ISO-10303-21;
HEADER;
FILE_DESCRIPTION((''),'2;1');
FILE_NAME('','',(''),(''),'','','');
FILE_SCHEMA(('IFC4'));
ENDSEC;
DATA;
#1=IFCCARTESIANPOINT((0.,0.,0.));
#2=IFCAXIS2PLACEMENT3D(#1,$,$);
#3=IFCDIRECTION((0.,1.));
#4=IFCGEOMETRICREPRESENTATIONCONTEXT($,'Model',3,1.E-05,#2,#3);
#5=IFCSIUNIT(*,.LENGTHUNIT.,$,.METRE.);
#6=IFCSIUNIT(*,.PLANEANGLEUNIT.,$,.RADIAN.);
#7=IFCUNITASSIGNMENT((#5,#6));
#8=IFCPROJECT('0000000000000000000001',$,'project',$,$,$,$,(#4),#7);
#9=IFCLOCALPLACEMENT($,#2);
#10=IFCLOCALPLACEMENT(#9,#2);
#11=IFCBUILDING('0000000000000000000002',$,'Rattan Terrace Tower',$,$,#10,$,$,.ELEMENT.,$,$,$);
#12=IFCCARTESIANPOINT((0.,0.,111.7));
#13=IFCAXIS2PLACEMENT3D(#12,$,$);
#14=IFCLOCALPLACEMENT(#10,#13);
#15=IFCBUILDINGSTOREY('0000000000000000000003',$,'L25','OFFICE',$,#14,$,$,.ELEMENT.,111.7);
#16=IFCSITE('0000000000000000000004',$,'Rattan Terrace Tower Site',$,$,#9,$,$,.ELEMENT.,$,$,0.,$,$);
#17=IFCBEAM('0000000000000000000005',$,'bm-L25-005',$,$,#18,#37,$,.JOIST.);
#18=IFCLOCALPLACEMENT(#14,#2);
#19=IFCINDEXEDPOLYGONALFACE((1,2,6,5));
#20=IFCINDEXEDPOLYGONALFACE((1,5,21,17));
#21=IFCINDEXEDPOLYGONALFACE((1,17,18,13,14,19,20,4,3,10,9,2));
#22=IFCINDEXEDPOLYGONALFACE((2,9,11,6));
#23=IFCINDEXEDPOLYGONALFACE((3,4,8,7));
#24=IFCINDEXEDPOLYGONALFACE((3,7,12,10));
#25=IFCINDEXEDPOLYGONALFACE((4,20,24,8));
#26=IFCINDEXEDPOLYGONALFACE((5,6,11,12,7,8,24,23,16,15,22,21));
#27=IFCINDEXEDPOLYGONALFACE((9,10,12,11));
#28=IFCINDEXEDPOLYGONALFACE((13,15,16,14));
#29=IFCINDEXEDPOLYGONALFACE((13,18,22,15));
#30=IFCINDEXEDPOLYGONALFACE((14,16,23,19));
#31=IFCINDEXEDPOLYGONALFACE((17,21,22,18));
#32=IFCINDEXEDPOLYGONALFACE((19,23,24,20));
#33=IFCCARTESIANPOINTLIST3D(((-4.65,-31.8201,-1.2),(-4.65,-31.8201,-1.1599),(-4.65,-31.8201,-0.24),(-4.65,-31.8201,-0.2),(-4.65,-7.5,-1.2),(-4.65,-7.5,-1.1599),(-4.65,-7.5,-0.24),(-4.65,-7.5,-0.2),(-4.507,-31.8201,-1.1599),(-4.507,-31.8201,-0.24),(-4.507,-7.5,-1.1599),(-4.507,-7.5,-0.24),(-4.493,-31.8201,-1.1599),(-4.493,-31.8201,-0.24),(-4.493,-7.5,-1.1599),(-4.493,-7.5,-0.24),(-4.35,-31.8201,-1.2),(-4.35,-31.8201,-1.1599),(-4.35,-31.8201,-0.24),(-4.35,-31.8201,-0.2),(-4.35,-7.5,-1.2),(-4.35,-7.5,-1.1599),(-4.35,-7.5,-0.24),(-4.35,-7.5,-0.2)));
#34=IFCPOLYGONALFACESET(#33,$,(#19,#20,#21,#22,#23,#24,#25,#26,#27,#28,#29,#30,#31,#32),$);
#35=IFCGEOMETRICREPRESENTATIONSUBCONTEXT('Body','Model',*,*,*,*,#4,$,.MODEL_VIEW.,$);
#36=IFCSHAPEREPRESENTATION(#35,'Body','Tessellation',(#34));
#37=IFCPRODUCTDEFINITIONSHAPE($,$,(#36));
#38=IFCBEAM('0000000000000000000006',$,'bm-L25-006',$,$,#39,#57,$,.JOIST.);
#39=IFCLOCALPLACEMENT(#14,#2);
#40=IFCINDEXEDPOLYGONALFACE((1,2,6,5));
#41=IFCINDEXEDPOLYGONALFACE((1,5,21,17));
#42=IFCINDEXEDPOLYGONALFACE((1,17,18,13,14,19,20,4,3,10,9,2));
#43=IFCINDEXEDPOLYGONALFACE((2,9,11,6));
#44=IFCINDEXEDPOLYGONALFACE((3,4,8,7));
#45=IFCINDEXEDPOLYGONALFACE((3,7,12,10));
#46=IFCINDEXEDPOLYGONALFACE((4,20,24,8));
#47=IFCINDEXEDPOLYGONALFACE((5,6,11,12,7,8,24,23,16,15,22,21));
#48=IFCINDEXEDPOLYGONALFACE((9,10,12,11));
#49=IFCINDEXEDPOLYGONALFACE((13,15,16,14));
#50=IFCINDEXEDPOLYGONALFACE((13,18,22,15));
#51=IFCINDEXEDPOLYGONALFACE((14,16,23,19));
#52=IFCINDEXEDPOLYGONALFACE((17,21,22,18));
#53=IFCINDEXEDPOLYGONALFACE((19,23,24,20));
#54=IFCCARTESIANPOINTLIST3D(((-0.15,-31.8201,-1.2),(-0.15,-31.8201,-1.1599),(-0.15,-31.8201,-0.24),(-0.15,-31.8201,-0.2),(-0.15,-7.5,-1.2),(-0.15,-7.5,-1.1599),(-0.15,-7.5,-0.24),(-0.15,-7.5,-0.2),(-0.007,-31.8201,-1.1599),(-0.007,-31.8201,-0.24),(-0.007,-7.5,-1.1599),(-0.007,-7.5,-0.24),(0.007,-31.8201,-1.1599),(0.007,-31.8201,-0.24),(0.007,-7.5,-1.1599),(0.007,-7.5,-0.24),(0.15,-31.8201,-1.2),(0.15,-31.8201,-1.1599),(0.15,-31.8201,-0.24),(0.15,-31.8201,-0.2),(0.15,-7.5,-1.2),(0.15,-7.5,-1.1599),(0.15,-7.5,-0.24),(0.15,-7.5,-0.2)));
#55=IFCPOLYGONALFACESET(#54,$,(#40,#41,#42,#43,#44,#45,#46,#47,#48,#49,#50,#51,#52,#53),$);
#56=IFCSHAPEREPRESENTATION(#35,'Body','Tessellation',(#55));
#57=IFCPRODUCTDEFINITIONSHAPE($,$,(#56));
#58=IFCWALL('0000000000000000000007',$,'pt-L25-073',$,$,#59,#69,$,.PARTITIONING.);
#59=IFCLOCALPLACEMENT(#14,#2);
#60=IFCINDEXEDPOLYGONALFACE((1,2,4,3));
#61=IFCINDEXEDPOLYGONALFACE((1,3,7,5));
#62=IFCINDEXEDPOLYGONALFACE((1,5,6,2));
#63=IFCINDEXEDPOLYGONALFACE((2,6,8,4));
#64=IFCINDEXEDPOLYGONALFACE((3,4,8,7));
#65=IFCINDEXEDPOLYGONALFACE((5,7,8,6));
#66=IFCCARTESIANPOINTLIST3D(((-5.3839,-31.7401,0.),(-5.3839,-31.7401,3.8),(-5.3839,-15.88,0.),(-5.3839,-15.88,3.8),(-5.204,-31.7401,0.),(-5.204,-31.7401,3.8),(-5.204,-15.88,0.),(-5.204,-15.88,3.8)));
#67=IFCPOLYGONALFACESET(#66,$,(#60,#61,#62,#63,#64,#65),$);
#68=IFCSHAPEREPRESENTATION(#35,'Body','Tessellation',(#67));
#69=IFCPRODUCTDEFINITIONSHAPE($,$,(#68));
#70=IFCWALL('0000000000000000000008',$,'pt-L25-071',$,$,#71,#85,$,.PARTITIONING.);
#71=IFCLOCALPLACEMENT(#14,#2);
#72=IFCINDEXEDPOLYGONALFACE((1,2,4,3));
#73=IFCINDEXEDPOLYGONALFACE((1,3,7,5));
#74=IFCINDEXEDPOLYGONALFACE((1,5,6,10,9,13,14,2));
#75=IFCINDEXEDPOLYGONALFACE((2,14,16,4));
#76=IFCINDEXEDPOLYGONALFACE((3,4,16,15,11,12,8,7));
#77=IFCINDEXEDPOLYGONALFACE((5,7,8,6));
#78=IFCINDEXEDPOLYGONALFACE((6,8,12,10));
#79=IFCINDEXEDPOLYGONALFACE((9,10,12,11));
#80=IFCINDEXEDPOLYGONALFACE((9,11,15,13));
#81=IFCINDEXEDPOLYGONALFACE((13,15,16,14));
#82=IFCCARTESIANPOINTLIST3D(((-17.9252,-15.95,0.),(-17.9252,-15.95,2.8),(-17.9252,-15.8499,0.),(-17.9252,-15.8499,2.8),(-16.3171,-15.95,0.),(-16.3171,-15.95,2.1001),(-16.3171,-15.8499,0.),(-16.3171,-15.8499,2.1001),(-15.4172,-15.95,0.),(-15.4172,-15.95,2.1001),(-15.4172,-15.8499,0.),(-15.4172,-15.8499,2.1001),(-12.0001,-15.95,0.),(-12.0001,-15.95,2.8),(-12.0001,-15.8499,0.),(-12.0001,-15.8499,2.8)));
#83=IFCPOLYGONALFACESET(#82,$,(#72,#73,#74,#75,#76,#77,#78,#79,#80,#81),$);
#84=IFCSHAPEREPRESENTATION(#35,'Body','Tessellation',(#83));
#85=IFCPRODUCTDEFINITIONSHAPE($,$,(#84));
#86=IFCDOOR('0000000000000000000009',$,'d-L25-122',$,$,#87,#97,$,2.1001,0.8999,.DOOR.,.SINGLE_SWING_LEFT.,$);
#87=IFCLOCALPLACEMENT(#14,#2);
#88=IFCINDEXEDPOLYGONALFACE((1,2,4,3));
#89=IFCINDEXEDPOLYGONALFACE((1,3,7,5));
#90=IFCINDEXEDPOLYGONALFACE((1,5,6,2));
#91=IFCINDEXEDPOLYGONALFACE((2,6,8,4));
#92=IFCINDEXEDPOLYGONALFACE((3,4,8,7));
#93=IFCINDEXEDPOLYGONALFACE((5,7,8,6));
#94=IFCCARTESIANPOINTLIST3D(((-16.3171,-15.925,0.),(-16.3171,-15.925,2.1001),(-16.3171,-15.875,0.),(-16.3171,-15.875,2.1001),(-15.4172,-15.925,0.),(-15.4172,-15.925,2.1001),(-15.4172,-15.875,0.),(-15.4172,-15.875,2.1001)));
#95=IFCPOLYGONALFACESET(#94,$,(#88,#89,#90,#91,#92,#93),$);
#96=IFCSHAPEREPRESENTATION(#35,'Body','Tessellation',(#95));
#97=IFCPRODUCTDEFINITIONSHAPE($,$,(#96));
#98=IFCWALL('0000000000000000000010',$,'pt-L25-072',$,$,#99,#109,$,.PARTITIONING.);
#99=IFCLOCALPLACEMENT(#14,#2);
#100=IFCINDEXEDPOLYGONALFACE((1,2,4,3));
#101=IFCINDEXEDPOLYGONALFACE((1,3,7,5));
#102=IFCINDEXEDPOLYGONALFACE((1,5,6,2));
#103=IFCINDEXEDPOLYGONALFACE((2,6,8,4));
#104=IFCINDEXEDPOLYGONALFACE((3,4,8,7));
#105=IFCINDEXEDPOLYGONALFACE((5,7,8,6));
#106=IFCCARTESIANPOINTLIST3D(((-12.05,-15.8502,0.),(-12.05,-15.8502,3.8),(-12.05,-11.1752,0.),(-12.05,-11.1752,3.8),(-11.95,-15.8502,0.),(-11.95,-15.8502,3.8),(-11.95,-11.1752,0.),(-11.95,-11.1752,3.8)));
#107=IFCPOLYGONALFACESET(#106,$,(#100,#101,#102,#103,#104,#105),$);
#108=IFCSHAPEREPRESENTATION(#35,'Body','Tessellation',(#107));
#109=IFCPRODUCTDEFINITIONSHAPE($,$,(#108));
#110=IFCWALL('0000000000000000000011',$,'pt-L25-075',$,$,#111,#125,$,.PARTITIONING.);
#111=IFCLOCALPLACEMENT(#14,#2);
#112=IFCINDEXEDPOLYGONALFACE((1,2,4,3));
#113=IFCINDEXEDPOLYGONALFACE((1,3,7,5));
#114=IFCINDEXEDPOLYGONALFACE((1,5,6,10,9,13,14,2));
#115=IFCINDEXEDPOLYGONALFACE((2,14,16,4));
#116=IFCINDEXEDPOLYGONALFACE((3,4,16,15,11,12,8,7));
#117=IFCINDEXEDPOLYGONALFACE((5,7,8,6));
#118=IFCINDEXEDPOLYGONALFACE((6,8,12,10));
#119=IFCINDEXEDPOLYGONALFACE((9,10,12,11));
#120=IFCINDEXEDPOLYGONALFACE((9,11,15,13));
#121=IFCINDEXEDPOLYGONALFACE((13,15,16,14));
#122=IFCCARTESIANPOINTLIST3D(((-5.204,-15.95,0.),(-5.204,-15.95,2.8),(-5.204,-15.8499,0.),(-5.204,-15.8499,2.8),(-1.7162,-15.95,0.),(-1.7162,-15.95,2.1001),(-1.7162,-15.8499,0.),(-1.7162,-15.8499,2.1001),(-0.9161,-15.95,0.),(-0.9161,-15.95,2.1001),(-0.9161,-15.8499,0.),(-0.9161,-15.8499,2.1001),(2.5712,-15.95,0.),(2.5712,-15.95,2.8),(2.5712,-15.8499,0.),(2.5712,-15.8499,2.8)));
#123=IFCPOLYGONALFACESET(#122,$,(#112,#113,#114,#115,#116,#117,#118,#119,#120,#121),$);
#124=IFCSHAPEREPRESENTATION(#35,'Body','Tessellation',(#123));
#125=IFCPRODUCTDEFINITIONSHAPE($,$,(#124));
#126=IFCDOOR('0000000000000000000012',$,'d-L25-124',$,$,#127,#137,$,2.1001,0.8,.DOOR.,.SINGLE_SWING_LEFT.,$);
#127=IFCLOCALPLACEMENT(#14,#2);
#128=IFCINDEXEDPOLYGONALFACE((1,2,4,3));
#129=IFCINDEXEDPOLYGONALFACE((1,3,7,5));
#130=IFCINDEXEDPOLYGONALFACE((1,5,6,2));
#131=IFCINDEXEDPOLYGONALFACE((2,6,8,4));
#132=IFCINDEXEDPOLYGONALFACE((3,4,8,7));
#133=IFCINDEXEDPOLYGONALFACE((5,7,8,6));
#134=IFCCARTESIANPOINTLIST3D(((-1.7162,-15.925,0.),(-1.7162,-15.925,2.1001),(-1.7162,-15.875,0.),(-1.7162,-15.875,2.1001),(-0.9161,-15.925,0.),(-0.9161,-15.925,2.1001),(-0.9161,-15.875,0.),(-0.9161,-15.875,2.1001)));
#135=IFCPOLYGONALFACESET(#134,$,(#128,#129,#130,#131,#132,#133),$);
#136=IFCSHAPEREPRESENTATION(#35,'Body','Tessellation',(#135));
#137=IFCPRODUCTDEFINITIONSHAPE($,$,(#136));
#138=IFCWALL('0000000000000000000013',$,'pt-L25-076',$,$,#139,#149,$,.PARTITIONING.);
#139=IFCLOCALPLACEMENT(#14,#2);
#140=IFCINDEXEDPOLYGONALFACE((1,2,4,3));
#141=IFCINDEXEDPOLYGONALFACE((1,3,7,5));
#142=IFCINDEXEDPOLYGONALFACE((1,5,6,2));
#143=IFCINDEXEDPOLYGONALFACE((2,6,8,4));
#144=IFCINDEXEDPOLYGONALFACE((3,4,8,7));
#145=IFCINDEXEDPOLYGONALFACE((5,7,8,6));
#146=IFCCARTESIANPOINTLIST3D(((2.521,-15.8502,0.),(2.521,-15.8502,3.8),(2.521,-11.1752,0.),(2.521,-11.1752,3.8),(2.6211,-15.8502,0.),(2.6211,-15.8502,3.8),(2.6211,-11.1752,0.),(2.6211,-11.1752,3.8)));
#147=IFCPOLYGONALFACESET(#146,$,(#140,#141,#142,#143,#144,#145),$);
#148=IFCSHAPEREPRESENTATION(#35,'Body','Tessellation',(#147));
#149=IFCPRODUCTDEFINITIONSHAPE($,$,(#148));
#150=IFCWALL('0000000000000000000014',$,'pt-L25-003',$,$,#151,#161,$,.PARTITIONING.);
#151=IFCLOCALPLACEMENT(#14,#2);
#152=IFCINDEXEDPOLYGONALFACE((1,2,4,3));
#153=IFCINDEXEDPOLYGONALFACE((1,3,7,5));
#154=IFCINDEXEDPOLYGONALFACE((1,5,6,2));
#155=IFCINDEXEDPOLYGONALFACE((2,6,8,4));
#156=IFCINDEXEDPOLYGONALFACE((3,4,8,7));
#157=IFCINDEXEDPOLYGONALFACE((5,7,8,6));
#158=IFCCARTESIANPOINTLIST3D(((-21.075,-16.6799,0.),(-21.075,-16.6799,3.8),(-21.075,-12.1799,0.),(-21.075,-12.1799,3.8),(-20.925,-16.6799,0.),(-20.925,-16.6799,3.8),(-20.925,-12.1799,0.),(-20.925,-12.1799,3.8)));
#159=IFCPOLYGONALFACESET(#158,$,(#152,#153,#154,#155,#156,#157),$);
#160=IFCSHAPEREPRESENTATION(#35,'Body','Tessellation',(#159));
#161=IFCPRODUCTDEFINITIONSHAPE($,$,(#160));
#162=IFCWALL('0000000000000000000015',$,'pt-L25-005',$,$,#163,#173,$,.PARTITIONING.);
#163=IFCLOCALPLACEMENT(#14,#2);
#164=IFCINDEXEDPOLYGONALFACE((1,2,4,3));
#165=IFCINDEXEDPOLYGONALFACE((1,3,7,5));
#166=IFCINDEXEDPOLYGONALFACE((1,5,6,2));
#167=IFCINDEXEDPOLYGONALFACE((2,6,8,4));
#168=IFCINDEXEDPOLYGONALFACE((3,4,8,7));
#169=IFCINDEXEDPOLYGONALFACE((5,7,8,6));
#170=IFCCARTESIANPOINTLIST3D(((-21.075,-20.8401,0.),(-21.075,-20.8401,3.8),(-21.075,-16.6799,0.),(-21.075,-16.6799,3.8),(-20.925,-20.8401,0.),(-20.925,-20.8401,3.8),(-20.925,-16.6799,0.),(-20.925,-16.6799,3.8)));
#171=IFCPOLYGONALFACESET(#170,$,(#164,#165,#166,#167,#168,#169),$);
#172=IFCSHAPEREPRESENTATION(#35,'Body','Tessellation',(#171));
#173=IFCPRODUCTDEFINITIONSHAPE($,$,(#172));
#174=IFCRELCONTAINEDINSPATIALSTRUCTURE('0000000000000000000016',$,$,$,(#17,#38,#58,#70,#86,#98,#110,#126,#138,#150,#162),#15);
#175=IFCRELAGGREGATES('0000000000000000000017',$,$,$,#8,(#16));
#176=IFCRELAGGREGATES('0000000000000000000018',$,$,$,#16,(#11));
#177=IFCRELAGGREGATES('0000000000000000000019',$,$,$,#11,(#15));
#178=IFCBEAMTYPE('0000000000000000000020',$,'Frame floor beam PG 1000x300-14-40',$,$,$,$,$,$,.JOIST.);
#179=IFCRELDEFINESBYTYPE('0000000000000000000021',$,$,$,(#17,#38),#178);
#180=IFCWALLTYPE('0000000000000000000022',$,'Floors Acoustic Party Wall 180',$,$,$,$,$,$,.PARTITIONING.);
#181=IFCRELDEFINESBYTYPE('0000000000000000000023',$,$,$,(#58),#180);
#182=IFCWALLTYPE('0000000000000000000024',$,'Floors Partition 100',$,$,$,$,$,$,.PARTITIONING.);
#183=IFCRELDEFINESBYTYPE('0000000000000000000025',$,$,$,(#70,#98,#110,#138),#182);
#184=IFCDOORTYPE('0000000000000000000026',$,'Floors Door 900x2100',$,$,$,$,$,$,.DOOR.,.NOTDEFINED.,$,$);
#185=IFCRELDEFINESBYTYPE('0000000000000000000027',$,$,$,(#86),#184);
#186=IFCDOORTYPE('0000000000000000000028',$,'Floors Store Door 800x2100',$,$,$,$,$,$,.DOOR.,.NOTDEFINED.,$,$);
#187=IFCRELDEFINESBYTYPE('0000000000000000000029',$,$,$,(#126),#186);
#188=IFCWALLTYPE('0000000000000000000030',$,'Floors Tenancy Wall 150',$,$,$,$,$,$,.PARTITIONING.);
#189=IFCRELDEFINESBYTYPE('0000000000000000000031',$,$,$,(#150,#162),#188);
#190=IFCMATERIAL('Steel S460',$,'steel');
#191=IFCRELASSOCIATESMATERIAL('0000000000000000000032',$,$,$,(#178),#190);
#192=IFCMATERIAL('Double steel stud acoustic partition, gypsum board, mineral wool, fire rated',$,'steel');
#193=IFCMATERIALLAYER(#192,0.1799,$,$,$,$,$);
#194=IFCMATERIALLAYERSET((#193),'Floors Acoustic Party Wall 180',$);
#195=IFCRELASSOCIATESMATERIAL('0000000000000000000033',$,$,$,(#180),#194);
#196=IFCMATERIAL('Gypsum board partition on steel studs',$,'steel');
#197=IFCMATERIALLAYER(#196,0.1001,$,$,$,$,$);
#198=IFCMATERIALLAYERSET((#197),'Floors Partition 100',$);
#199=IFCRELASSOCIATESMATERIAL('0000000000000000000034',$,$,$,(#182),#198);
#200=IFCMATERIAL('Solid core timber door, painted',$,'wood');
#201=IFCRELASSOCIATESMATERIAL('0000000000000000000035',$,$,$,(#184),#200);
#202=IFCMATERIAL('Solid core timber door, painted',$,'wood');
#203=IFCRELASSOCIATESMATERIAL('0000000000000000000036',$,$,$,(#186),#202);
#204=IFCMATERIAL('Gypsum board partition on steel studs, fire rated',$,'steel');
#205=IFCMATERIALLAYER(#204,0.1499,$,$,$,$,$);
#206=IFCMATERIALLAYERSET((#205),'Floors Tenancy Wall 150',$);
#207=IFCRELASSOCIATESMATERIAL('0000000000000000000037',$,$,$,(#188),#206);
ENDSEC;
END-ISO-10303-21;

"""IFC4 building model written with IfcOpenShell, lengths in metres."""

from ifc_helpers import new_model, si_unit, direction, frame, frame_2d, origin, origin_2d, place, context, subcontext, project, spatial, rectangle, i_section, extrude, material, layer, layer_set, material_profile, profile_set, type_object, element, fill, save


model = new_model("IFC4")

# Units and contexts
model_context = context("Model", 3, precision=1e-05, world=origin(), true_north=direction((0.0, 1.0)))
body_context = subcontext(model_context, "Body", "Model", "MODEL_VIEW")
ifc_project = project(units=[si_unit("LENGTHUNIT", "METRE"), si_unit("PLANEANGLEUNIT", "RADIAN")], contexts=[model_context])

# Site, building, storey
site_placement = place(None, origin())
site = spatial("IfcSite", under=ifc_project, at=site_placement, Name="Rattan Terrace Tower Site", CompositionType="ELEMENT", RefElevation=0.0)
building_placement = place(site_placement, origin())
building = spatial("IfcBuilding", under=site, at=building_placement, Name="Rattan Terrace Tower", CompositionType="ELEMENT")
storey_placement = place(building_placement, frame((0.0, 0.0, 111.7)))
storey = spatial("IfcBuildingStorey", under=building, at=storey_placement, Name="L25", Description="OFFICE", CompositionType="ELEMENT", Elevation=111.7)

# Beams
ifc_material_1 = material(Name="Steel S460", Category="steel")
ifc_material_profile = material_profile(ifc_material_1, i_section(OverallWidth=0.3, OverallDepth=1.0, WebThickness=0.0139, FlangeThickness=0.04, at=origin_2d()), Name="PG 1000x300-14-40")
ifc_profile_set = profile_set([ifc_material_profile], Name="Steel S460")
beam_type = type_object("IfcBeamType", Name="Frame floor beam PG 1000x300-14-40", PredefinedType="JOIST", material=ifc_profile_set)
for number, where, z_axis, x_axis, name in (
    (1, (-4.5, -31.8201, -0.7), (0.0, 1.0, 0.0), (-1.0, 0.0, 0.0), "bm-L25-005"),
    (2, (0.0, -31.8201, -0.7), (0.0, 1.0, 0.0), (-1.0, 0.0, 0.0), "bm-L25-006"),
):
    element("IfcBeam", number, at=place(storey_placement, frame(where, z_axis=z_axis, x_axis=x_axis)), inside=storey, type_object=beam_type, Name=name, PredefinedType="JOIST", context=body_context, shape_type="SweptSolid", body=[
        extrude(i_section(OverallWidth=0.3, OverallDepth=1.0, WebThickness=0.0139, FlangeThickness=0.04, at=origin_2d()), origin(), (0.0, 0.0, 1.0), 24.3201),
    ])

# Wall
ifc_material_2 = material(Name="Double steel stud acoustic partition, gypsum board, mineral wool, fire rated", Category="steel")
ifc_layer_1 = layer(ifc_material_2, 0.1799)
ifc_layer_set_1 = layer_set([ifc_layer_1], Name="Floors Acoustic Party Wall 180")
wall_type_1 = type_object("IfcWallType", Name="Floors Acoustic Party Wall 180", PredefinedType="PARTITIONING", material=ifc_layer_set_1)
wall_1_placement = place(storey_placement, frame((-5.2939, -15.8799, 0.0), z_axis=(0.0, 0.0, 1.0), x_axis=(0.0, -1.0, 0.0)))
element("IfcWall", 3, at=wall_1_placement, inside=storey, type_object=wall_type_1, Name="pt-L25-073", PredefinedType="PARTITIONING", context=body_context, shape_type="SweptSolid", body=[
    extrude(rectangle(XDim=15.8601, YDim=0.1799, at=frame_2d((7.9302, 0.0))), origin(), (0.0, 0.0, 1.0), 3.8),
])

# Wall, opening, door
ifc_material_3 = material(Name="Gypsum board partition on steel studs", Category="steel")
ifc_layer_2 = layer(ifc_material_3, 0.1001)
ifc_layer_set_2 = layer_set([ifc_layer_2], Name="Floors Partition 100")
wall_type_2 = type_object("IfcWallType", Name="Floors Partition 100", PredefinedType="PARTITIONING", material=ifc_layer_set_2)
wall_2_placement = place(storey_placement, frame((-17.925, -15.8999, 0.0), z_axis=(0.0, 0.0, 1.0), x_axis=(1.0, 0.0, 0.0)))
wall_2 = element("IfcWall", 4, at=wall_2_placement, inside=storey, type_object=wall_type_2, Name="pt-L25-071", PredefinedType="PARTITIONING", context=body_context, shape_type="SweptSolid", body=[
    extrude(rectangle(XDim=5.925, YDim=0.1001, at=frame_2d((2.9624, 0.0))), origin(), (0.0, 0.0, 1.0), 2.8),
])
opening_1_placement = place(wall_2_placement, frame((1.6079, 0.0, 0.0)))
opening_1 = element("IfcOpeningElement", 5, at=opening_1_placement, cuts=wall_2, PredefinedType="OPENING", context=body_context, shape_type="SweptSolid", body=[
    extrude(rectangle(XDim=0.8999, YDim=2.1001, at=frame_2d((0.45, 1.05))), frame((0.0, 0.0605, 0.0), z_axis=(0.0, -1.0, 0.0), x_axis=(1.0, 0.0, 0.0)), (0.0, 0.0, 1.0), 0.1211),
])
ifc_material_4 = material(Name="Solid core timber door, painted", Category="wood")
door_type_1 = type_object("IfcDoorType", Name="Floors Door 900x2100", OperationType="NOTDEFINED", PredefinedType="DOOR", material=ifc_material_4)
door_1_placement = place(opening_1_placement, origin())
door_1 = element("IfcDoor", 6, at=door_1_placement, inside=storey, type_object=door_type_1, Name="d-L25-122", OperationType="SINGLE_SWING_LEFT", OverallHeight=2.1001, OverallWidth=0.8999, PredefinedType="DOOR", context=body_context, shape_type="SweptSolid", body=[
    extrude(rectangle(XDim=0.8999, YDim=2.1001, at=frame_2d((0.45, 1.05))), frame((0.0, 0.0249, 0.0), z_axis=(0.0, -1.0, 0.0), x_axis=(1.0, 0.0, 0.0)), (0.0, 0.0, 1.0), 0.05),
])
fill(opening_1, door_1)

# Wall
wall_3_placement = place(storey_placement, frame((-12.0, -15.8501, 0.0), z_axis=(0.0, 0.0, 1.0), x_axis=(0.0, 1.0, 0.0)))
element("IfcWall", 7, at=wall_3_placement, inside=storey, type_object=wall_type_2, Name="pt-L25-072", PredefinedType="PARTITIONING", context=body_context, shape_type="SweptSolid", body=[
    extrude(rectangle(XDim=4.675, YDim=0.1001, at=frame_2d((2.3374, 0.0))), origin(), (0.0, 0.0, 1.0), 3.8),
])

# Wall, opening, door
wall_4_placement = place(storey_placement, frame((-5.2041, -15.8999, 0.0), z_axis=(0.0, 0.0, 1.0), x_axis=(1.0, 0.0, 0.0)))
wall_4 = element("IfcWall", 8, at=wall_4_placement, inside=storey, type_object=wall_type_2, Name="pt-L25-075", PredefinedType="PARTITIONING", context=body_context, shape_type="SweptSolid", body=[
    extrude(rectangle(XDim=7.7751, YDim=0.1001, at=frame_2d((3.8877, 0.0))), origin(), (0.0, 0.0, 1.0), 2.8),
])
opening_2_placement = place(wall_4_placement, frame((3.488, 0.0, 0.0)))
opening_2 = element("IfcOpeningElement", 9, at=opening_2_placement, cuts=wall_4, PredefinedType="OPENING", context=body_context, shape_type="SweptSolid", body=[
    extrude(rectangle(XDim=0.8, YDim=2.1001, at=frame_2d((0.3999, 1.05))), frame((0.0, 0.0605, 0.0), z_axis=(0.0, -1.0, 0.0), x_axis=(1.0, 0.0, 0.0)), (0.0, 0.0, 1.0), 0.1211),
])
ifc_material_5 = material(Name="Solid core timber door, painted", Category="wood")
door_type_2 = type_object("IfcDoorType", Name="Floors Store Door 800x2100", OperationType="NOTDEFINED", PredefinedType="DOOR", material=ifc_material_5)
door_2_placement = place(opening_2_placement, origin())
door_2 = element("IfcDoor", 10, at=door_2_placement, inside=storey, type_object=door_type_2, Name="d-L25-124", OperationType="SINGLE_SWING_LEFT", OverallHeight=2.1001, OverallWidth=0.8, PredefinedType="DOOR", context=body_context, shape_type="SweptSolid", body=[
    extrude(rectangle(XDim=0.8, YDim=2.1001, at=frame_2d((0.3999, 1.05))), frame((0.0, 0.0249, 0.0), z_axis=(0.0, -1.0, 0.0), x_axis=(1.0, 0.0, 0.0)), (0.0, 0.0, 1.0), 0.05),
])
fill(opening_2, door_2)

# Walls
wall_5_placement = place(storey_placement, frame((2.571, -15.8501, 0.0), z_axis=(0.0, 0.0, 1.0), x_axis=(0.0, 1.0, 0.0)))
element("IfcWall", 11, at=wall_5_placement, inside=storey, type_object=wall_type_2, Name="pt-L25-076", PredefinedType="PARTITIONING", context=body_context, shape_type="SweptSolid", body=[
    extrude(rectangle(XDim=4.675, YDim=0.1001, at=frame_2d((2.3374, 0.0))), origin(), (0.0, 0.0, 1.0), 3.8),
])
ifc_material_6 = material(Name="Gypsum board partition on steel studs, fire rated", Category="steel")
ifc_layer_3 = layer(ifc_material_6, 0.1499)
ifc_layer_set_3 = layer_set([ifc_layer_3], Name="Floors Tenancy Wall 150")
wall_type_3 = type_object("IfcWallType", Name="Floors Tenancy Wall 150", PredefinedType="PARTITIONING", material=ifc_layer_set_3)
wall_6_placement = place(storey_placement, frame((-21.0, -16.6799, 0.0), z_axis=(0.0, 0.0, 1.0), x_axis=(0.0, 1.0, 0.0)))
element("IfcWall", 12, at=wall_6_placement, inside=storey, type_object=wall_type_3, Name="pt-L25-003", PredefinedType="PARTITIONING", context=body_context, shape_type="SweptSolid", body=[
    extrude(rectangle(XDim=4.5, YDim=0.1499, at=frame_2d((2.25, 0.0))), origin(), (0.0, 0.0, 1.0), 3.8),
])
wall_7_placement = place(storey_placement, frame((-21.0, -20.8401, 0.0), z_axis=(0.0, 0.0, 1.0), x_axis=(0.0, 1.0, 0.0)))
element("IfcWall", 13, at=wall_7_placement, inside=storey, type_object=wall_type_3, Name="pt-L25-005", PredefinedType="PARTITIONING", context=body_context, shape_type="SweptSolid", body=[
    extrude(rectangle(XDim=4.1602, YDim=0.1499, at=frame_2d((2.0801, 0.0))), origin(), (0.0, 0.0, 1.0), 3.8),
])

save(model, "model.ifc")
